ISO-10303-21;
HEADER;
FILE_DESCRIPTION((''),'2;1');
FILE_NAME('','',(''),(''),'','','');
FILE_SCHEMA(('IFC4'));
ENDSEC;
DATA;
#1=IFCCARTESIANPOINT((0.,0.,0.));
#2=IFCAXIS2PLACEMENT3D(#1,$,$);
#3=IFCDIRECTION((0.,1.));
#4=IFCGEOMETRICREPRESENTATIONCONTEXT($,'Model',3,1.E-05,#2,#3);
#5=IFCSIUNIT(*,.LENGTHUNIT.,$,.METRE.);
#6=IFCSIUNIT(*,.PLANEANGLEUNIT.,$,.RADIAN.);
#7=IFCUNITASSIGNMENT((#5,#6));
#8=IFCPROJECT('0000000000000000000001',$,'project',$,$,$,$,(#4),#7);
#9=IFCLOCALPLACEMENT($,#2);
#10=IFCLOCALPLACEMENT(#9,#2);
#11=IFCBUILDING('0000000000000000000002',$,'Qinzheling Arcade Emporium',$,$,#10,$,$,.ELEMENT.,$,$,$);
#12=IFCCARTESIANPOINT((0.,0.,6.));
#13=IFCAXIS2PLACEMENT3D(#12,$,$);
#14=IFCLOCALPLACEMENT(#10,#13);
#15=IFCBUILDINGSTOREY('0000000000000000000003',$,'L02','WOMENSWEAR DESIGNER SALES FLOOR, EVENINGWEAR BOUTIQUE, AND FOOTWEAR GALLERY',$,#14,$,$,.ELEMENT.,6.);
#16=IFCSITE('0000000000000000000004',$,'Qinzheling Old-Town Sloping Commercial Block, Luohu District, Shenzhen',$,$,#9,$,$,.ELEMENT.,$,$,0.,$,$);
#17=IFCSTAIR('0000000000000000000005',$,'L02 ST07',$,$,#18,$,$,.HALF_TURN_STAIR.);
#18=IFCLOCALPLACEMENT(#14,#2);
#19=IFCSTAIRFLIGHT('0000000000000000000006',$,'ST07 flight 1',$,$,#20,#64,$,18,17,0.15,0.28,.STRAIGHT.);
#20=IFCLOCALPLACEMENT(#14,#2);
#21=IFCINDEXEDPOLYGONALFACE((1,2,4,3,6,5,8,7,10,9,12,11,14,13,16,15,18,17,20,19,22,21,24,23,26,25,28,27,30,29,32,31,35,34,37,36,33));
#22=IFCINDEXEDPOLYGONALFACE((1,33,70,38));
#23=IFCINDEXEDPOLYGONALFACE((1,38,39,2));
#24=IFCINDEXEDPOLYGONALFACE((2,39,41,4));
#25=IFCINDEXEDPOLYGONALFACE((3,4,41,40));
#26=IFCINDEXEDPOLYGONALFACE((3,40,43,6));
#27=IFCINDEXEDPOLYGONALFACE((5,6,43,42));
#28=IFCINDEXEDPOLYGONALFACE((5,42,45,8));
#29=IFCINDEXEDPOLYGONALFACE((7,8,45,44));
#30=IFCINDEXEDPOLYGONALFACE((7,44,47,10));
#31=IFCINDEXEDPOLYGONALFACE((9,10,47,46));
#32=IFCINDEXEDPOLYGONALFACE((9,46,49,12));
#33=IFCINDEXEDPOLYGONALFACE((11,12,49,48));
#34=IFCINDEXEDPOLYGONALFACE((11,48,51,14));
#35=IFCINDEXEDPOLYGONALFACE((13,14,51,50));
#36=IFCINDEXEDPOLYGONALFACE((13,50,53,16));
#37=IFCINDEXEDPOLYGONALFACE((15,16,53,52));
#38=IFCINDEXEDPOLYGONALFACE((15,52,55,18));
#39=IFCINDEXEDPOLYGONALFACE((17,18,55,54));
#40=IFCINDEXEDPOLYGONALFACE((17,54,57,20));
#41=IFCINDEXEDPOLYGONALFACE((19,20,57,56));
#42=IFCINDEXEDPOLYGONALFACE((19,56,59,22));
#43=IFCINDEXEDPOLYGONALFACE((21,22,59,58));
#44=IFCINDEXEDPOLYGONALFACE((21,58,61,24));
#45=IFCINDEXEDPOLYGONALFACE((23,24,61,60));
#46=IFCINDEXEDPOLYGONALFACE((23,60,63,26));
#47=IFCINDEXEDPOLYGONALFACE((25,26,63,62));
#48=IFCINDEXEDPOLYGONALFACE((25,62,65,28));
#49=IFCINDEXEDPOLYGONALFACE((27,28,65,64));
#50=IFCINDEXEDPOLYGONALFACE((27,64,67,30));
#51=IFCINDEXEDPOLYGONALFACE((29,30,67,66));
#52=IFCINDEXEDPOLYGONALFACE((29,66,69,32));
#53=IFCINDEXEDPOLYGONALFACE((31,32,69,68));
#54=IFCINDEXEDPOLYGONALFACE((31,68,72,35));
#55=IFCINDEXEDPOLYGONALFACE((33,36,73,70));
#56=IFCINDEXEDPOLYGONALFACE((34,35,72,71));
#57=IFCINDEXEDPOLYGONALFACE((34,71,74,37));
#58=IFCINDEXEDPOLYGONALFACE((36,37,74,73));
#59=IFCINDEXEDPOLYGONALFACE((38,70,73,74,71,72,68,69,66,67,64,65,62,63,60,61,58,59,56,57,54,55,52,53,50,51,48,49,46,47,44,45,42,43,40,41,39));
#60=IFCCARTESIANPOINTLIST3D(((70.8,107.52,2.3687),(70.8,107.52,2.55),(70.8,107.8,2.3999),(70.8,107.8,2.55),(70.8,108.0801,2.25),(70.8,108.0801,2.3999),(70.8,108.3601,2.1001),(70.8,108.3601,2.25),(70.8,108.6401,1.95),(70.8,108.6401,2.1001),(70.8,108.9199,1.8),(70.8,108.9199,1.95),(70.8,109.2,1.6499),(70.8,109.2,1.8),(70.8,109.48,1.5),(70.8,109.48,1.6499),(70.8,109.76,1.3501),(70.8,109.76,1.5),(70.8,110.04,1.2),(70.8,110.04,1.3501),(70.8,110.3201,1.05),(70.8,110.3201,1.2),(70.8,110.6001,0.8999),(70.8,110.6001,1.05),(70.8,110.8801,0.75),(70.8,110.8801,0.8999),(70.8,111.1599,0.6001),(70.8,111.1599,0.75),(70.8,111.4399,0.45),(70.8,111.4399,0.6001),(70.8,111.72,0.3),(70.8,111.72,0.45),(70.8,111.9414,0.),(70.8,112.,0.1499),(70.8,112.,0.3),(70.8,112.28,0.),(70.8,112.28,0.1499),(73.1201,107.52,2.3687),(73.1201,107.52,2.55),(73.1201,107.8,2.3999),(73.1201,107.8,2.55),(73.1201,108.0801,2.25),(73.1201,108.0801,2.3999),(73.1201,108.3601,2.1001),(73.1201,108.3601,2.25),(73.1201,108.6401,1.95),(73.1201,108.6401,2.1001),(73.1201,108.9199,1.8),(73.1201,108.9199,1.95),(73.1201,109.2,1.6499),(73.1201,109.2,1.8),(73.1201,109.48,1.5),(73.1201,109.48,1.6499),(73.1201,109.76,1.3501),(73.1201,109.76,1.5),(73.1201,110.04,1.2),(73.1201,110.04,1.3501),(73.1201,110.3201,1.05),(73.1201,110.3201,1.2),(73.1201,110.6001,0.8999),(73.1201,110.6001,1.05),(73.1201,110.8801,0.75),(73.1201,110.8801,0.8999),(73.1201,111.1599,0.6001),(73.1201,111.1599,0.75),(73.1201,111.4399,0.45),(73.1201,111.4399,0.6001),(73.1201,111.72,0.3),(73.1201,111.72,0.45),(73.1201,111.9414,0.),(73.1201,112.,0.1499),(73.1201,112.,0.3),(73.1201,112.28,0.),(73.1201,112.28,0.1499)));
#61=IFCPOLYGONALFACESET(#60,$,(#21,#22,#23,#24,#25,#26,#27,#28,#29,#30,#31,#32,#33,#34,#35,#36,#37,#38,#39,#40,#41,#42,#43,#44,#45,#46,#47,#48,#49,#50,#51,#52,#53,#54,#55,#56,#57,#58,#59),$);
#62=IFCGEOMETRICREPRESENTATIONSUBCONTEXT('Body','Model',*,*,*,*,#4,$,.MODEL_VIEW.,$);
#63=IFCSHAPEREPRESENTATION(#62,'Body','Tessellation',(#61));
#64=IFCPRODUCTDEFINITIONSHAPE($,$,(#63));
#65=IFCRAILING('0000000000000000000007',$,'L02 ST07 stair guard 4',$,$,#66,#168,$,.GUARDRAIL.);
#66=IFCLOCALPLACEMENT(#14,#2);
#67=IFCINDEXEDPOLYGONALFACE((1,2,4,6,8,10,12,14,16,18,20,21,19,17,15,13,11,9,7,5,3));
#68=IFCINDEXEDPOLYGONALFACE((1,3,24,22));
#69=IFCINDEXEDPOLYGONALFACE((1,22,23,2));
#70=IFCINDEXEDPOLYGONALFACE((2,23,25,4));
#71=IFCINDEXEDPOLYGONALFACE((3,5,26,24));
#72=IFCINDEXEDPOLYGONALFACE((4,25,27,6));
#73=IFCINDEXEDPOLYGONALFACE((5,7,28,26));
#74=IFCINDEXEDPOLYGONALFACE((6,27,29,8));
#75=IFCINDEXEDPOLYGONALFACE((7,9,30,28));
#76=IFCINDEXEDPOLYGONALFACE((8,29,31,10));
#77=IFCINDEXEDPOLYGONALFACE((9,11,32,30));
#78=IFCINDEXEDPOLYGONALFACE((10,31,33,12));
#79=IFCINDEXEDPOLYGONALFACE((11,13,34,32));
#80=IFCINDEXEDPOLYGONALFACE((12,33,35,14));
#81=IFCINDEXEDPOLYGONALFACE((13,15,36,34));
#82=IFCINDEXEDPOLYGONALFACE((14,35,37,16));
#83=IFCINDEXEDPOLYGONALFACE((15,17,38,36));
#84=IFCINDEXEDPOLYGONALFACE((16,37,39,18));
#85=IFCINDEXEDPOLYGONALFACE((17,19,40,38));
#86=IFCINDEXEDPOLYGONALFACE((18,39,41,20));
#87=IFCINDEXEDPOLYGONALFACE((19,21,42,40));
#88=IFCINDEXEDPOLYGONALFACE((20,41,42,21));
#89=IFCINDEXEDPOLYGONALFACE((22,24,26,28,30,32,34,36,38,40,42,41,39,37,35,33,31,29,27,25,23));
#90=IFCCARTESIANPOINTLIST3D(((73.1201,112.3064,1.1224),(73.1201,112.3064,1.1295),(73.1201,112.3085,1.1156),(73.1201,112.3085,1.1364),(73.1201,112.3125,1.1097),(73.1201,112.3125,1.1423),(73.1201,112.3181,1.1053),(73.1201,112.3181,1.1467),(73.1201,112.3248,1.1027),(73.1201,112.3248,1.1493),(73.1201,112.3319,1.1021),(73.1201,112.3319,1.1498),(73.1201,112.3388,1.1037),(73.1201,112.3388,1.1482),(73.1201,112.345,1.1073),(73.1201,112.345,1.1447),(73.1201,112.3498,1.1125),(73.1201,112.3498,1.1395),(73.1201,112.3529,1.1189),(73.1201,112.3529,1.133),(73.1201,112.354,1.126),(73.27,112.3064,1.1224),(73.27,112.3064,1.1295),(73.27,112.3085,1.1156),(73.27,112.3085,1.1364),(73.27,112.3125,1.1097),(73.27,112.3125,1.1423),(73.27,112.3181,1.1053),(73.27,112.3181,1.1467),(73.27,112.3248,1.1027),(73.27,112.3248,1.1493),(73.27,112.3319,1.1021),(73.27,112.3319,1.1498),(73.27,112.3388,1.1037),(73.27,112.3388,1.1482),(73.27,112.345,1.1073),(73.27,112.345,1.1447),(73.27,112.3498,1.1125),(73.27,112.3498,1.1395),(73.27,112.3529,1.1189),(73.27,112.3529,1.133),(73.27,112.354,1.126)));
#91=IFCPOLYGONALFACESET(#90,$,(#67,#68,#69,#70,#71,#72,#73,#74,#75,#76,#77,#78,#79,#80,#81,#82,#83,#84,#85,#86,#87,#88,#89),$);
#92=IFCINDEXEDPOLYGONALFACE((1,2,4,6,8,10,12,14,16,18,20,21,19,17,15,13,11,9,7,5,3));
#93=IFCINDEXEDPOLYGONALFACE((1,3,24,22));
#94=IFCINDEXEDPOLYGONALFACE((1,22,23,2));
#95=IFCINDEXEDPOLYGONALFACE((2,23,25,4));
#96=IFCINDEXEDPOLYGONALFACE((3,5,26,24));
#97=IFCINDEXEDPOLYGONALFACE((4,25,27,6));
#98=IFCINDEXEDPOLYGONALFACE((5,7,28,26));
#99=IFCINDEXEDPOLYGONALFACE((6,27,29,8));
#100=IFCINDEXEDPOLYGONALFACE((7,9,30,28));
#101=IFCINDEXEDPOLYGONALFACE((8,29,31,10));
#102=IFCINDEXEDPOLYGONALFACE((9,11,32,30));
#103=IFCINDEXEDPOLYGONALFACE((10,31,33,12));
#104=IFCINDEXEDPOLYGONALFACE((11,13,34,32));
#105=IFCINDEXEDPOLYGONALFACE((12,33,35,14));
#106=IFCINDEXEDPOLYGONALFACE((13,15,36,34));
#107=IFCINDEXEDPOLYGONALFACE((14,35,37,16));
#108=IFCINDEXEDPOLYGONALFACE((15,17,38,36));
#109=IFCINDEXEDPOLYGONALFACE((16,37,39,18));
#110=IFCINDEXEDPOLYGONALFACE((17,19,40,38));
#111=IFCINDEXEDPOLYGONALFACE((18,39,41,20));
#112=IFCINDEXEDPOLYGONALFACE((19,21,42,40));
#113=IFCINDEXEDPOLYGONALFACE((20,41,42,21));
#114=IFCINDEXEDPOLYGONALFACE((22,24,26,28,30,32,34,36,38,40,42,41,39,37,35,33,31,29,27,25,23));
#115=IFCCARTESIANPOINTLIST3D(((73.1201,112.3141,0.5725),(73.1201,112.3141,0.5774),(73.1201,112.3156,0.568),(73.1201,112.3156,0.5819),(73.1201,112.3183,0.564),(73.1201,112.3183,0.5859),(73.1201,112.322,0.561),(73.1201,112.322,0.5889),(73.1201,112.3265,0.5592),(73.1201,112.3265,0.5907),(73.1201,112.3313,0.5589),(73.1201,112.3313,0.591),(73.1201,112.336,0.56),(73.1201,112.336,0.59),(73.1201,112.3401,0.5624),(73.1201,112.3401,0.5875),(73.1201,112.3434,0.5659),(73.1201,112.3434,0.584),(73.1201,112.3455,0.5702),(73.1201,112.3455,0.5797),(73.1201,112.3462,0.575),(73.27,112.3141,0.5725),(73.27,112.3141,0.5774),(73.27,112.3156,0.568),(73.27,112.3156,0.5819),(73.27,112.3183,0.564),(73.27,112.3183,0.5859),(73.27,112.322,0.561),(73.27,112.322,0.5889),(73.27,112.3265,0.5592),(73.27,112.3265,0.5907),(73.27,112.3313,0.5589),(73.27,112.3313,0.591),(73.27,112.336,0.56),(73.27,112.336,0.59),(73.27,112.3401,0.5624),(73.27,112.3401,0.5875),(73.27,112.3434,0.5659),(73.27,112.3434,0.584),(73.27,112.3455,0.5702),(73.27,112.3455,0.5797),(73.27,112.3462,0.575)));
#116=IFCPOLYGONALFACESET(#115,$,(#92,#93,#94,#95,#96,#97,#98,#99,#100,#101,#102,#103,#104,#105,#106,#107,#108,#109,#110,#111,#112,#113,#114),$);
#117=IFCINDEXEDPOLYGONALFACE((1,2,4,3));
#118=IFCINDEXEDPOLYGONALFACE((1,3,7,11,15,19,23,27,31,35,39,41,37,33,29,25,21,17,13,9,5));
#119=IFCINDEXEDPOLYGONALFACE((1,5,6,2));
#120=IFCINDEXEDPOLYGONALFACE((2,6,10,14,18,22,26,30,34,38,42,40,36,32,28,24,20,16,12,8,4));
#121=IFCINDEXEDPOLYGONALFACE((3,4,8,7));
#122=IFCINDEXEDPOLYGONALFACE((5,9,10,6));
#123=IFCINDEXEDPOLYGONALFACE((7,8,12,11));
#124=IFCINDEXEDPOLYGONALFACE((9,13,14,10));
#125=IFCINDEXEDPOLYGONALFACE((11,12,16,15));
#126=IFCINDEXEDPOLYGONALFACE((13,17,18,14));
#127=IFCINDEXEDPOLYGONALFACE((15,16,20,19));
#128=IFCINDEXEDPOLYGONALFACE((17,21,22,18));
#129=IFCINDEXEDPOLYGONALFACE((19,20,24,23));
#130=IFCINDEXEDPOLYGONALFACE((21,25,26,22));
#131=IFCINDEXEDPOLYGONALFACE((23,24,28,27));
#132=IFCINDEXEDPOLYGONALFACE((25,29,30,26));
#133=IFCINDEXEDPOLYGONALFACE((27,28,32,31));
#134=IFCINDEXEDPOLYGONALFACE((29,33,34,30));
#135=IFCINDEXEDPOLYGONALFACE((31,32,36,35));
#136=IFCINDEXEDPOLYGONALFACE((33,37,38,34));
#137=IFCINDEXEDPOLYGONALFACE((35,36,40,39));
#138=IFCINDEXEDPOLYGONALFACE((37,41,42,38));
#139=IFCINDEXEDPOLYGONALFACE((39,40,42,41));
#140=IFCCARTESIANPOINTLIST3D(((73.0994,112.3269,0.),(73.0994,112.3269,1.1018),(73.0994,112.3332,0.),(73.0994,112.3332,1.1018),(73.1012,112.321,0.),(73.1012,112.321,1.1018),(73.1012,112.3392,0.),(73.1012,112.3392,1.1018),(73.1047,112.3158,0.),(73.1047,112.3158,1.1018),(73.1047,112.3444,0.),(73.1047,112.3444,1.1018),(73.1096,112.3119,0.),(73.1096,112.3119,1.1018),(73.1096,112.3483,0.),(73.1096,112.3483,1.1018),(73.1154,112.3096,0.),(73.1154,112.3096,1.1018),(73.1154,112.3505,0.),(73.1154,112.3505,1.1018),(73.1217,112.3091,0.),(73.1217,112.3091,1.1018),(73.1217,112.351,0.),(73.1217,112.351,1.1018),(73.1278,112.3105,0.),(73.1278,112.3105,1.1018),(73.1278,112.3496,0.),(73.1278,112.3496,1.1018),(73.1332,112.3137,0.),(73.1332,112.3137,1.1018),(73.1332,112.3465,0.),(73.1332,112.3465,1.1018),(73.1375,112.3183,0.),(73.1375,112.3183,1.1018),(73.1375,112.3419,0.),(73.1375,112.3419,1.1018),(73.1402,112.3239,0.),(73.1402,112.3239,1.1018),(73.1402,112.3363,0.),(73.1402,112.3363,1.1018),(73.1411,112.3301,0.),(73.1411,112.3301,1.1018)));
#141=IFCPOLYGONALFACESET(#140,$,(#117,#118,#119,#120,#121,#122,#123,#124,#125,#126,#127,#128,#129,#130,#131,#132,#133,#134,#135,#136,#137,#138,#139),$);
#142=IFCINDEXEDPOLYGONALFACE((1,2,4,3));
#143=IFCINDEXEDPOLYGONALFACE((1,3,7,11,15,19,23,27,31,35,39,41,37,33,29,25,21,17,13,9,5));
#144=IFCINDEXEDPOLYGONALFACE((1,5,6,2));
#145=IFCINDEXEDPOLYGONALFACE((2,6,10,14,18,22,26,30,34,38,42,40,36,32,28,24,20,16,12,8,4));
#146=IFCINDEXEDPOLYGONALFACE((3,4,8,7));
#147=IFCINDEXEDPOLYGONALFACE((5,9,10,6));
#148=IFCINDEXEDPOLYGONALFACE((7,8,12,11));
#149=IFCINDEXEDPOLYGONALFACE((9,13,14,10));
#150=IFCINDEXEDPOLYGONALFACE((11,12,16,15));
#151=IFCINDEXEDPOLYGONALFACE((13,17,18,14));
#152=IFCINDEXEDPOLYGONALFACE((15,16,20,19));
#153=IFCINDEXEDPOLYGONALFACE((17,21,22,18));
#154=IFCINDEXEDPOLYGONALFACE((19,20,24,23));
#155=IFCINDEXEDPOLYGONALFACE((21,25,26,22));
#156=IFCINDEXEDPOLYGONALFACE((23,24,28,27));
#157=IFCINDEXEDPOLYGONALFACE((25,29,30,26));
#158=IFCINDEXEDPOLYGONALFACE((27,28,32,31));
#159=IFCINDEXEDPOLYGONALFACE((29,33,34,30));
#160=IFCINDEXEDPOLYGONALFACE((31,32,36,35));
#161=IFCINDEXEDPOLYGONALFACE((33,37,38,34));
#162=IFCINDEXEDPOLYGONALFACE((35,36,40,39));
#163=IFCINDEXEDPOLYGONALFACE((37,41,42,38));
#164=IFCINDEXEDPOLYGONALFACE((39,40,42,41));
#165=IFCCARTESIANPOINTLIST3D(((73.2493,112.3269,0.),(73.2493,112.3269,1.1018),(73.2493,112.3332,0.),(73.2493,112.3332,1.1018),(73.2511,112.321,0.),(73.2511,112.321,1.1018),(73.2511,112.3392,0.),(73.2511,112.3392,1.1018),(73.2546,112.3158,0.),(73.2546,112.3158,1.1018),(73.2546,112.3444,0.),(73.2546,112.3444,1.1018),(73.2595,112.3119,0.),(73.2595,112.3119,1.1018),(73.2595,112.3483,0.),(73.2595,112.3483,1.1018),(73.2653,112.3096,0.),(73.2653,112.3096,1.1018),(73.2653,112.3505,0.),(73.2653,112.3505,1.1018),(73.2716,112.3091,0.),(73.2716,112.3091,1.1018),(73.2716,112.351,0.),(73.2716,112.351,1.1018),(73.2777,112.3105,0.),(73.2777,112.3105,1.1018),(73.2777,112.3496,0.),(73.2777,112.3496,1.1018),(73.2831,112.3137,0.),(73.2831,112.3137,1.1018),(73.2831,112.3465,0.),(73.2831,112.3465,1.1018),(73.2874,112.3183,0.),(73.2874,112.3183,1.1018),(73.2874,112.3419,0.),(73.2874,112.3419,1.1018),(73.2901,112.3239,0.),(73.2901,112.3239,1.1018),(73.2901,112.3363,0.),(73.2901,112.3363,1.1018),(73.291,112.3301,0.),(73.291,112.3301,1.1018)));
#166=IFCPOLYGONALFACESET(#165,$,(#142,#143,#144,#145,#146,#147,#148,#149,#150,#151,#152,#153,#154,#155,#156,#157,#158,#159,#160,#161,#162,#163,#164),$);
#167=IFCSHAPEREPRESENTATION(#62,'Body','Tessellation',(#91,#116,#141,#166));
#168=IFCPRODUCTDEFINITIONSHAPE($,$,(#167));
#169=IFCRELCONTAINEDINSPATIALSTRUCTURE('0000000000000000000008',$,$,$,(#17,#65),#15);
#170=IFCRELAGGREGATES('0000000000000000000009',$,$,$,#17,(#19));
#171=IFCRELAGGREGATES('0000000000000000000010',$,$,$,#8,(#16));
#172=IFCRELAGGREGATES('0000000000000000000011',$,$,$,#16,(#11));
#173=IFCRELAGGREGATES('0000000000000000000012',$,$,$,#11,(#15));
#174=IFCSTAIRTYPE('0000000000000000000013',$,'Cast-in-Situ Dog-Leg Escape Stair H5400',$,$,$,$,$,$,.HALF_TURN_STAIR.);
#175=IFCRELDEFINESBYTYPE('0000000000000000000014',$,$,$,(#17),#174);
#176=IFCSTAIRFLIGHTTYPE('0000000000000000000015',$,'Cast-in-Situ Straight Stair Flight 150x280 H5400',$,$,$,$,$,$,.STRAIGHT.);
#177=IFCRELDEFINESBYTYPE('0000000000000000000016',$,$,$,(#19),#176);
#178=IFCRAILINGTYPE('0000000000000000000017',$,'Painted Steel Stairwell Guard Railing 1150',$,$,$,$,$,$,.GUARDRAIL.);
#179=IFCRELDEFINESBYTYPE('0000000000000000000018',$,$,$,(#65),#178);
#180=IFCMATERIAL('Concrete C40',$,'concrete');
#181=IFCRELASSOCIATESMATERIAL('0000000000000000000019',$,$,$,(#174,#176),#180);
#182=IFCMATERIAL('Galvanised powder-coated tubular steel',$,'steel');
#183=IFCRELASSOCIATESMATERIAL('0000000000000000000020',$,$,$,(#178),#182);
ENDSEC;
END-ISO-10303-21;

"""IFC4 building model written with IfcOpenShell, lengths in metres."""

from ifc_helpers import new_model, si_unit, direction, frame, origin, origin_2d, place, context, subcontext, project, spatial, polyline, circle, outline, extrude, material, type_object, element, aggregate, save


model = new_model("IFC4")

# Units and contexts
model_context = context("Model", 3, precision=1e-05, world=origin(), true_north=direction((0.0, 1.0)))
body_context = subcontext(model_context, "Body", "Model", "MODEL_VIEW")
ifc_project = project(units=[si_unit("LENGTHUNIT", "METRE"), si_unit("PLANEANGLEUNIT", "RADIAN")], contexts=[model_context])

# Site, building, storey
site_placement = place(None, origin())
site = spatial("IfcSite", under=ifc_project, at=site_placement, Name="Qinzheling Old-Town Sloping Commercial Block, Luohu District, Shenzhen", CompositionType="ELEMENT", RefElevation=0.0)
building_placement = place(site_placement, origin())
building = spatial("IfcBuilding", under=site, at=building_placement, Name="Qinzheling Arcade Emporium", CompositionType="ELEMENT")
storey_placement = place(building_placement, frame((0.0, 0.0, 6.0)))
storey = spatial("IfcBuildingStorey", under=building, at=storey_placement, Name="L02", Description="WOMENSWEAR DESIGNER SALES FLOOR, EVENINGWEAR BOUTIQUE, AND FOOTWEAR GALLERY", CompositionType="ELEMENT", Elevation=6.0)

# Stair, stair flight
ifc_material_1 = material(Name="Concrete C40", Category="concrete")
stair_type = type_object("IfcStairType", Name="Cast-in-Situ Dog-Leg Escape Stair H5400", PredefinedType="HALF_TURN_STAIR", material=ifc_material_1)
stair_placement = place(storey_placement, origin())
stair = element("IfcStair", 1, at=stair_placement, inside=storey, type_object=stair_type, Name="L02 ST07", PredefinedType="HALF_TURN_STAIR")
stair_flight_type = type_object("IfcStairFlightType", Name="Cast-in-Situ Straight Stair Flight 150x280 H5400", PredefinedType="STRAIGHT", material=ifc_material_1)
stair_flight_placement = place(storey_placement, frame((71.96, 112.28, 0.0), z_axis=(0.0, 0.0, 1.0), x_axis=(0.0, -1.0, 0.0)))
stair_flight = element("IfcStairFlight", 2, at=stair_flight_placement, type_object=stair_flight_type, Name="ST07 flight 1", NumberOfRisers=18, NumberOfTreads=17, PredefinedType="STRAIGHT", RiserHeight=0.15, TreadLength=0.28, context=body_context, shape_type="SweptSolid", body=[
    extrude(outline(polyline([(0.0, 0.0), (0.0, 0.1499), (0.28, 0.1499), (0.28, 0.3), (0.5601, 0.3), (0.5601, 0.45), (0.8401, 0.45), (0.8401, 0.6001), (1.1201, 0.6001), (1.1201, 0.75), (1.3999, 0.75), (1.3999, 0.8999), (1.6799, 0.8999), (1.6799, 1.05), (1.96, 1.05), (1.96, 1.2), (2.24, 1.2), (2.24, 1.3501), (2.52, 1.3501), (2.52, 1.5), (2.8, 1.5), (2.8, 1.6499), (3.0801, 1.6499), (3.0801, 1.8), (3.3601, 1.8), (3.3601, 1.95), (3.6399, 1.95), (3.6399, 2.1001), (3.9199, 2.1001), (3.9199, 2.25), (4.2, 2.25), (4.2, 2.3999), (4.48, 2.3999), (4.48, 2.55), (4.76, 2.55), (4.76, 2.7), (4.76, 2.3687), (0.3386, 0.0), (0.0, 0.0)])), frame((0.0, 1.1602, 0.0), z_axis=(0.0, -1.0, 0.0), x_axis=(1.0, 0.0, 0.0)), (0.0, 0.0, 1.0), 2.3201),
])
aggregate(stair, [stair_flight])

# Railing
ifc_material_2 = material(Name="Galvanised powder-coated tubular steel", Category="steel")
railing_type_1 = type_object("IfcRailingType", Name="Painted Steel Stairwell Guard Railing 1150", PredefinedType="GUARDRAIL", material=ifc_material_2)
railing_1_placement = place(storey_placement, frame((73.1201, 112.3301, 0.0)))
element("IfcRailing", 3, at=railing_1_placement, inside=storey, type_object=railing_type_1, Name="L02 ST07 stair guard 4", PredefinedType="GUARDRAIL", context=body_context, shape_type="SweptSolid", body=[
    extrude(circle(Radius=0.0239, at=origin_2d()), frame((0.0, 0.0, 1.126), z_axis=(1.0, 0.0, 0.0), x_axis=(0.0, 1.0, 0.0)), (0.0, 0.0, 1.0), 0.1499),
    extrude(circle(Radius=0.0161, at=origin_2d()), frame((0.0, 0.0, 0.575), z_axis=(1.0, 0.0, 0.0), x_axis=(0.0, 1.0, 0.0)), (0.0, 0.0, 1.0), 0.1499),
    extrude(circle(Radius=0.021, at=origin_2d()), origin(), (0.0, 0.0, 1.0), 1.1018),
    extrude(circle(Radius=0.021, at=origin_2d()), frame((0.1499, 0.0, 0.0)), (0.0, 0.0, 1.0), 1.1018),
])

save(model, "model.ifc")
